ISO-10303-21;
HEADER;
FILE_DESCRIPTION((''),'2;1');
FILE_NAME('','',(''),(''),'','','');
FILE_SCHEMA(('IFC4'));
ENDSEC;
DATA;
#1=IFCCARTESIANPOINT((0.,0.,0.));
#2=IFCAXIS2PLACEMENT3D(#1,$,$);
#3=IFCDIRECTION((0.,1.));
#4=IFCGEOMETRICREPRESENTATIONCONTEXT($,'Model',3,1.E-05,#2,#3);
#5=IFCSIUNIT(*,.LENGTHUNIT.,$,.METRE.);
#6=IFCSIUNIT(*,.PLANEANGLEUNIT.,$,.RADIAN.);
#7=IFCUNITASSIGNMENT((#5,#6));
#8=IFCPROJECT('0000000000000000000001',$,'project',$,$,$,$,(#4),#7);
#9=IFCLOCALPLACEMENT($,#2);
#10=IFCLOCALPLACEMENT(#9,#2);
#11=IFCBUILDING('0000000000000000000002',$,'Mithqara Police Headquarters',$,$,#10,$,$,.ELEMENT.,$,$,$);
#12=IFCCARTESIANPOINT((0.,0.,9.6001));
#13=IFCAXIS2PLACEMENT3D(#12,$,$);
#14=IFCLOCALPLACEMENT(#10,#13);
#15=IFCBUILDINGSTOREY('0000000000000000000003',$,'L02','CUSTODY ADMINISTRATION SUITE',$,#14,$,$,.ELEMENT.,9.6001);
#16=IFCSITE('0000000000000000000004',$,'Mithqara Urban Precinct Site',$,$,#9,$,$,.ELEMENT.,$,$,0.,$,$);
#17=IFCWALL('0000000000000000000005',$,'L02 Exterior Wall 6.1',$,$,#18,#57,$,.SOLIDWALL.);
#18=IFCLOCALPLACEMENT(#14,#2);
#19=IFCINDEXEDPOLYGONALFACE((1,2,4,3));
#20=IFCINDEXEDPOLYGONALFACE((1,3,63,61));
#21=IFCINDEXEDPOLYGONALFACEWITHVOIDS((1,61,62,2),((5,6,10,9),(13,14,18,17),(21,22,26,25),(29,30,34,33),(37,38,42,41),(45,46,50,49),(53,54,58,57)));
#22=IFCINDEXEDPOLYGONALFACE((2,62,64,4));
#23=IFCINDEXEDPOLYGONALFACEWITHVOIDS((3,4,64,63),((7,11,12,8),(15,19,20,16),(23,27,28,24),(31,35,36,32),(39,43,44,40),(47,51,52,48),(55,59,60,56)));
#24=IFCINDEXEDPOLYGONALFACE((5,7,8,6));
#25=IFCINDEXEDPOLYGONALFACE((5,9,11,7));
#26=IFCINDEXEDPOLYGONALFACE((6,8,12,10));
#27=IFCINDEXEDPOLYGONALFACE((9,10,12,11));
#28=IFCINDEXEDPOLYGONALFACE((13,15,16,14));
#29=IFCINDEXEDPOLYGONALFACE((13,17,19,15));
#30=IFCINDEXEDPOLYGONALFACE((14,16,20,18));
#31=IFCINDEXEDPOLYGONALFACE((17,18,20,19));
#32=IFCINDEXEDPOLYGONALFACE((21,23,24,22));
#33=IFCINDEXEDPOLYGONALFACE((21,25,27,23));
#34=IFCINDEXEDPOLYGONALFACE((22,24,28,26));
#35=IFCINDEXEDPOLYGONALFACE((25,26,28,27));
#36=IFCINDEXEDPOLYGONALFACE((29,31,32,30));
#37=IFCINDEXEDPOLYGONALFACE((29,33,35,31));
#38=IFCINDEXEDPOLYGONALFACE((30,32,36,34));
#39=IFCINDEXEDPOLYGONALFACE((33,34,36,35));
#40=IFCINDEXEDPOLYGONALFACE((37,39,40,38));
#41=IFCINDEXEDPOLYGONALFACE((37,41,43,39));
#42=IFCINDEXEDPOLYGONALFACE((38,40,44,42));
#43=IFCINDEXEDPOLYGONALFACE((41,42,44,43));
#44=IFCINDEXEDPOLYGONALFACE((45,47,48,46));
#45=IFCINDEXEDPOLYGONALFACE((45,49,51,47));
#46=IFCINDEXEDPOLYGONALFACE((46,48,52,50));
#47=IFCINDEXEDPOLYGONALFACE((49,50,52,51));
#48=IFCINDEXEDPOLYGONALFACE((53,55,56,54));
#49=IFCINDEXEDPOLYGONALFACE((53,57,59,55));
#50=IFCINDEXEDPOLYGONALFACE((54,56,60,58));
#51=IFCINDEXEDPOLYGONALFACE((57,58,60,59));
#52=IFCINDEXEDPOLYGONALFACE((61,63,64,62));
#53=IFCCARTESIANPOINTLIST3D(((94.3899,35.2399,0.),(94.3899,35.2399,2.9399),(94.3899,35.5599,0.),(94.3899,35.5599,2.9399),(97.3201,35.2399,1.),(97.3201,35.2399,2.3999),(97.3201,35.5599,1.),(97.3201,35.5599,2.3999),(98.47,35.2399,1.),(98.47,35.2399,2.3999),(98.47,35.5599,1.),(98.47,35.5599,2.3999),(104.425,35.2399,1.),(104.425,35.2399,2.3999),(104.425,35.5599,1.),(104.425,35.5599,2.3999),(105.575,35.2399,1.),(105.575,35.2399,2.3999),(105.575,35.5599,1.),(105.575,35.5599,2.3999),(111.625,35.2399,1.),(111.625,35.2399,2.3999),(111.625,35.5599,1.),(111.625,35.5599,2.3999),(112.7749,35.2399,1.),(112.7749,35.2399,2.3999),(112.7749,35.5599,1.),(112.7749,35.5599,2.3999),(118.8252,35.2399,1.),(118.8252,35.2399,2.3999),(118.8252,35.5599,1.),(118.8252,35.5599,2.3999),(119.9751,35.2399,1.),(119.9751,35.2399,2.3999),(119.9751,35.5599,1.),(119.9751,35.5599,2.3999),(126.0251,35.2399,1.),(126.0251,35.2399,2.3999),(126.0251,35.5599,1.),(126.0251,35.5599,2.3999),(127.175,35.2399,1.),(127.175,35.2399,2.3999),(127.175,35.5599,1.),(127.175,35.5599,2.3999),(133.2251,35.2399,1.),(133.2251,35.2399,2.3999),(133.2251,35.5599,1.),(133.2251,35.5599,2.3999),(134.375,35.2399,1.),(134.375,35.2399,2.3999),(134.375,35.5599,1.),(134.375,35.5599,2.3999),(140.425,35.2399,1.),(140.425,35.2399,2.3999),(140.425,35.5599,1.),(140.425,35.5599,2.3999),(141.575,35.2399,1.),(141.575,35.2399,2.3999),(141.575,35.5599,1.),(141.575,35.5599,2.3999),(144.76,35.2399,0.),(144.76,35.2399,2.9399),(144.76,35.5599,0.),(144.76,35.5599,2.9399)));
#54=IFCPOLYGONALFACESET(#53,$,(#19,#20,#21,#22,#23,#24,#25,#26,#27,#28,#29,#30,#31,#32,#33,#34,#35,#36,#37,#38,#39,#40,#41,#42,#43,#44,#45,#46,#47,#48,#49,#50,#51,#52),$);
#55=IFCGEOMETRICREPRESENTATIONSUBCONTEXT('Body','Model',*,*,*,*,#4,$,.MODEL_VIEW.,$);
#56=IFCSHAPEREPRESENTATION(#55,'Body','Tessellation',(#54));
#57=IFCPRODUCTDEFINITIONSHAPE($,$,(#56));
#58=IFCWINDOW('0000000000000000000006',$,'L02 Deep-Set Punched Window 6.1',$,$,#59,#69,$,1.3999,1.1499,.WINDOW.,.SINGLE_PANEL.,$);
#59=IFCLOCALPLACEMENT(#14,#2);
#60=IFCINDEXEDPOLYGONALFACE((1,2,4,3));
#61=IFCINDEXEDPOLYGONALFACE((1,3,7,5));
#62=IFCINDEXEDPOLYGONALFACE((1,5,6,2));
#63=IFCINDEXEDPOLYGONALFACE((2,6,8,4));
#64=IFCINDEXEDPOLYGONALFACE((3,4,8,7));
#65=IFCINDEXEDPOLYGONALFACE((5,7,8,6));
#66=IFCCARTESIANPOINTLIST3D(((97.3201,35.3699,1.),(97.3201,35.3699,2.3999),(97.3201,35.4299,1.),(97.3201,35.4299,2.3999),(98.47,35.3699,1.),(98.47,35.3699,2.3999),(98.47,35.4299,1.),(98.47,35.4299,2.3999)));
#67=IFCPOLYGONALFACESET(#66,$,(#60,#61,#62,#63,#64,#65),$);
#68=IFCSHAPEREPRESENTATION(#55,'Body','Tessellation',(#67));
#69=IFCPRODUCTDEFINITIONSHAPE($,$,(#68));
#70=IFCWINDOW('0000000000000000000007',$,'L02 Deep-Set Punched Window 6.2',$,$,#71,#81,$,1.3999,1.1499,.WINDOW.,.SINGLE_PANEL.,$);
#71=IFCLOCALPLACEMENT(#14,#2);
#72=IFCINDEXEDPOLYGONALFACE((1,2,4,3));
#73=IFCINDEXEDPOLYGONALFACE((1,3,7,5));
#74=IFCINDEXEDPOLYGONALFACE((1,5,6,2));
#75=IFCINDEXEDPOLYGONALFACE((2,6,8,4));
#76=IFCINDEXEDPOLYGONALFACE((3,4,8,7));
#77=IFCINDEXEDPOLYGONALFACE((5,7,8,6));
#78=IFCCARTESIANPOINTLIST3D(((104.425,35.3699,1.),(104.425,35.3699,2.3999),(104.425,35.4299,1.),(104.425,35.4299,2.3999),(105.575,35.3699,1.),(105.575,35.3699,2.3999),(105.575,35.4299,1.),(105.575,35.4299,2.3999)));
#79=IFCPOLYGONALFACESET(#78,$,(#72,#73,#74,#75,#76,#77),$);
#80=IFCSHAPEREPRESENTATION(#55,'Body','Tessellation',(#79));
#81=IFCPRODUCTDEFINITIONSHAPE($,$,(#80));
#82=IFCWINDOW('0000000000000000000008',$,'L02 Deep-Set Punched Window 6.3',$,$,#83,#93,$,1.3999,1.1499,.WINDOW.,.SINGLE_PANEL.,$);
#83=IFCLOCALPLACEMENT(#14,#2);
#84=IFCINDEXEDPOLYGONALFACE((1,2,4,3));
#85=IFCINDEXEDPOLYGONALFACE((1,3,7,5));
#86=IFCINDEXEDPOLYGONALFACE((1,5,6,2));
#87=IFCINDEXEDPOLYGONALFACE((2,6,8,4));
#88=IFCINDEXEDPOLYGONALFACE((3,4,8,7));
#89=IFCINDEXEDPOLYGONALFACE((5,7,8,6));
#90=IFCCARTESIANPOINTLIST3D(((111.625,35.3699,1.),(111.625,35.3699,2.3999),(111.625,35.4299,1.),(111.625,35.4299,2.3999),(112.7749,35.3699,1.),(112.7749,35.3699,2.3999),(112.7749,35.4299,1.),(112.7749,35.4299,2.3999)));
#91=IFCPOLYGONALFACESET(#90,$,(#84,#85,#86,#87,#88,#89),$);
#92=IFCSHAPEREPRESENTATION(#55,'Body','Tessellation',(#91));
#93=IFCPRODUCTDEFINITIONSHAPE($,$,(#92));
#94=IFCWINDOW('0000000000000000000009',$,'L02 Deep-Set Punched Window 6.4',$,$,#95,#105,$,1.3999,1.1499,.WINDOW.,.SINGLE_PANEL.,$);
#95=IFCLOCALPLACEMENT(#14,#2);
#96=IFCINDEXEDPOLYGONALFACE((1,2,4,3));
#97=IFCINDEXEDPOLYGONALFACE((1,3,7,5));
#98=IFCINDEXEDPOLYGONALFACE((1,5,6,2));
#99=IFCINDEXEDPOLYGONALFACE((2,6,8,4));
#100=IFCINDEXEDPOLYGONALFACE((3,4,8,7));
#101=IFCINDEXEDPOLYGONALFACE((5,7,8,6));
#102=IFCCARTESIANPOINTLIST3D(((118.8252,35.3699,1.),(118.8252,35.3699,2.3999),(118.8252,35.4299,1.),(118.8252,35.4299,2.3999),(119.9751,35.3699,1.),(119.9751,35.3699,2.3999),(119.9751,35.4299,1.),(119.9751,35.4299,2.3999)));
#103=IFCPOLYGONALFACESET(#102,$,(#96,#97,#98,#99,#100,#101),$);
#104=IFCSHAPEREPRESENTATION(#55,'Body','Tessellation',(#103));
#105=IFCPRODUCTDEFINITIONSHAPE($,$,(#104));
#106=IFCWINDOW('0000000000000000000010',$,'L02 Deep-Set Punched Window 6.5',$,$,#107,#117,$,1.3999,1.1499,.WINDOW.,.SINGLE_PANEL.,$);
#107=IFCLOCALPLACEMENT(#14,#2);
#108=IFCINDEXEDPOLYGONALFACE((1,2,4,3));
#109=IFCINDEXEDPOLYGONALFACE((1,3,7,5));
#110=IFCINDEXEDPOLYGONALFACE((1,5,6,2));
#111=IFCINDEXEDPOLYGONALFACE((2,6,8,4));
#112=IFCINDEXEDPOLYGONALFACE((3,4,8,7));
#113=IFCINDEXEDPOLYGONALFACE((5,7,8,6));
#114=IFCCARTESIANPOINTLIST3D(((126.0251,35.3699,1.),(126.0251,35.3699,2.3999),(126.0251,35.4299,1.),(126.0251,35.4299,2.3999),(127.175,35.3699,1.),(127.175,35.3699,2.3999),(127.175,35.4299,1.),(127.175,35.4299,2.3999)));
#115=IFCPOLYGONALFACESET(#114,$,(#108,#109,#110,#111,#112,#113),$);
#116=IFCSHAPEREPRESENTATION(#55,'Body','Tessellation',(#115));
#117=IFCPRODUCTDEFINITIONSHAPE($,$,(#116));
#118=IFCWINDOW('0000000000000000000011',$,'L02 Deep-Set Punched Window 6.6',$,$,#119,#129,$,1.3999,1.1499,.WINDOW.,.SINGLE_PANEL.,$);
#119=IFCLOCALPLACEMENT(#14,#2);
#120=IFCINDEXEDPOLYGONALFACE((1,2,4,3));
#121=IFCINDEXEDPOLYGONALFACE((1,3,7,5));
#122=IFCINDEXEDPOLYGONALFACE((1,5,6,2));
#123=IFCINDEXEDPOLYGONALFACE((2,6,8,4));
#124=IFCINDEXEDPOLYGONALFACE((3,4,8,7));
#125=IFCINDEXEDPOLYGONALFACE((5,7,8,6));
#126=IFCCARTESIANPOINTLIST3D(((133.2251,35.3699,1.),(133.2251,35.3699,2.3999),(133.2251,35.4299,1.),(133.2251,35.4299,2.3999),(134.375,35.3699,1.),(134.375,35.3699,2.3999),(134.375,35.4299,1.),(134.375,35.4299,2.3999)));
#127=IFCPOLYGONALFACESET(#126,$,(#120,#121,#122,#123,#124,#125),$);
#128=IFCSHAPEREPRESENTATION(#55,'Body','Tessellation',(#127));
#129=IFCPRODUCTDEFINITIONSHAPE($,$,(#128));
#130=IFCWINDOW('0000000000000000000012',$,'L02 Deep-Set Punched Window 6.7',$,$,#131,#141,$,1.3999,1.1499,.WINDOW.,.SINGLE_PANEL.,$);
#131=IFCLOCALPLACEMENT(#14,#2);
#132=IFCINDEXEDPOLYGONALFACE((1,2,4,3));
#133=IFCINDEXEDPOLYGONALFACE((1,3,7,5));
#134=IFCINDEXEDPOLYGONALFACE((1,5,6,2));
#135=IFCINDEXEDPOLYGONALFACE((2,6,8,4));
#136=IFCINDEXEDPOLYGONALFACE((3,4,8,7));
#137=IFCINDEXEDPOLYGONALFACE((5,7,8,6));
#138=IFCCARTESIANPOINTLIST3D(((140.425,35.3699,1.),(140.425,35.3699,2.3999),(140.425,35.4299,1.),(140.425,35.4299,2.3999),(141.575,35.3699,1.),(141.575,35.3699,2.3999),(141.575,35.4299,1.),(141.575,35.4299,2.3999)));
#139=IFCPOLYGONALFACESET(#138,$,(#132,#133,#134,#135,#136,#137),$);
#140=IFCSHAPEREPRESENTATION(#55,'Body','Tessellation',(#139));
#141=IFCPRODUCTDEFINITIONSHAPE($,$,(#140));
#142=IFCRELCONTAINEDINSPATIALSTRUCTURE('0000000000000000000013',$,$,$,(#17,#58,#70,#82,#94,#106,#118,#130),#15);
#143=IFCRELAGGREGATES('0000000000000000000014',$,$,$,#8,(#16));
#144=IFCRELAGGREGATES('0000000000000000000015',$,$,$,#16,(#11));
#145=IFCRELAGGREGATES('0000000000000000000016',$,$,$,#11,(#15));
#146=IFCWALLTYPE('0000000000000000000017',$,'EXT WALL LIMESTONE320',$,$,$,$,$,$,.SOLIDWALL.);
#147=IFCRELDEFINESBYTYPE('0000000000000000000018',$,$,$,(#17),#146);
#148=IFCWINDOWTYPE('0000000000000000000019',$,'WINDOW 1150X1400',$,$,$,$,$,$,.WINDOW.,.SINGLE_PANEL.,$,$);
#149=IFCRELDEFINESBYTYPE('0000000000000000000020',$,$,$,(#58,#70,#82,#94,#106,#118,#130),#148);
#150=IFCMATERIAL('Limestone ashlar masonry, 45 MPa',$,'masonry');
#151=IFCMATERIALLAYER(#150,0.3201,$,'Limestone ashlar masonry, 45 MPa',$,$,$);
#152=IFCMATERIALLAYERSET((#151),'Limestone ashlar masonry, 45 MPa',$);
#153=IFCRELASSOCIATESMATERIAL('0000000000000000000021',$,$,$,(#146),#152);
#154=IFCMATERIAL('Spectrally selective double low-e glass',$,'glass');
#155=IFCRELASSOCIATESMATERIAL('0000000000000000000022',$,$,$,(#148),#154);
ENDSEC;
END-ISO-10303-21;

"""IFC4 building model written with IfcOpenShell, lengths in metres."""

from ifc_helpers import new_model, si_unit, direction, frame, frame_2d, origin, place, context, subcontext, project, spatial, rectangle, extrude, material, layer, layer_set, type_object, element, fill, save


model = new_model("IFC4")

# Units and contexts
model_context = context("Model", 3, precision=1e-05, world=origin(), true_north=direction((0.0, 1.0)))
body_context = subcontext(model_context, "Body", "Model", "MODEL_VIEW")
ifc_project = project(units=[si_unit("LENGTHUNIT", "METRE"), si_unit("PLANEANGLEUNIT", "RADIAN")], contexts=[model_context])

# Site, building, storey
site_placement = place(None, origin())
site = spatial("IfcSite", under=ifc_project, at=site_placement, Name="Mithqara Urban Precinct Site", CompositionType="ELEMENT", RefElevation=0.0)
building_placement = place(site_placement, origin())
building = spatial("IfcBuilding", under=site, at=building_placement, Name="Mithqara Police Headquarters", CompositionType="ELEMENT")
storey_placement = place(building_placement, frame((0.0, 0.0, 9.6001)))
storey = spatial("IfcBuildingStorey", under=building, at=storey_placement, Name="L02", Description="CUSTODY ADMINISTRATION SUITE", CompositionType="ELEMENT", Elevation=9.6001)

# Wall, openings, windows
ifc_material_1 = material(Name="Limestone ashlar masonry, 45 MPa", Category="masonry")
ifc_layer_1 = layer(ifc_material_1, 0.3201, Name="Limestone ashlar masonry, 45 MPa")
ifc_layer_set_1 = layer_set([ifc_layer_1], Name="Limestone ashlar masonry, 45 MPa")
wall_type_1 = type_object("IfcWallType", Name="EXT WALL LIMESTONE320", PredefinedType="SOLIDWALL", material=ifc_layer_set_1)
wall_1_placement = place(storey_placement, frame((144.76, 35.3999, 0.0), z_axis=(0.0, 0.0, 1.0), x_axis=(-1.0, 0.0, 0.0)))
wall_1 = element("IfcWall", 1, at=wall_1_placement, inside=storey, type_object=wall_type_1, Name="L02 Exterior Wall 6.1", PredefinedType="SOLIDWALL", context=body_context, shape_type="SweptSolid", body=[
    extrude(rectangle(XDim=50.3701, YDim=0.3201, at=frame_2d((25.1851, 0.0))), origin(), (0.0, 0.0, 1.0), 2.9399),
])
opening_1_placement = place(wall_1_placement, frame((46.29, 0.0, 1.0)))
opening_1 = element("IfcOpeningElement", 2, at=opening_1_placement, cuts=wall_1, PredefinedType="OPENING", context=body_context, shape_type="SweptSolid", body=[
    extrude(rectangle(XDim=1.1499, YDim=1.3999, at=frame_2d((0.575, 0.7))), frame((0.0, 0.1699, 0.0), z_axis=(0.0, -1.0, 0.0), x_axis=(1.0, 0.0, 0.0)), (0.0, 0.0, 1.0), 0.3401),
])
opening_2_placement = place(wall_1_placement, frame((39.1851, 0.0, 1.0)))
opening_2 = element("IfcOpeningElement", 3, at=opening_2_placement, cuts=wall_1, PredefinedType="OPENING", context=body_context, shape_type="SweptSolid", body=[
    extrude(rectangle(XDim=1.1499, YDim=1.3999, at=frame_2d((0.575, 0.7))), frame((0.0, 0.1699, 0.0), z_axis=(0.0, -1.0, 0.0), x_axis=(1.0, 0.0, 0.0)), (0.0, 0.0, 1.0), 0.3401),
])
opening_3_placement = place(wall_1_placement, frame((31.9851, 0.0, 1.0)))
opening_3 = element("IfcOpeningElement", 4, at=opening_3_placement, cuts=wall_1, PredefinedType="OPENING", context=body_context, shape_type="SweptSolid", body=[
    extrude(rectangle(XDim=1.1499, YDim=1.3999, at=frame_2d((0.575, 0.7))), frame((0.0, 0.1699, 0.0), z_axis=(0.0, -1.0, 0.0), x_axis=(1.0, 0.0, 0.0)), (0.0, 0.0, 1.0), 0.3401),
])
opening_4_placement = place(wall_1_placement, frame((24.7849, 0.0, 1.0)))
opening_4 = element("IfcOpeningElement", 5, at=opening_4_placement, cuts=wall_1, PredefinedType="OPENING", context=body_context, shape_type="SweptSolid", body=[
    extrude(rectangle(XDim=1.1499, YDim=1.3999, at=frame_2d((0.575, 0.7))), frame((0.0, 0.1699, 0.0), z_axis=(0.0, -1.0, 0.0), x_axis=(1.0, 0.0, 0.0)), (0.0, 0.0, 1.0), 0.3401),
])
opening_5_placement = place(wall_1_placement, frame((17.585, 0.0, 1.0)))
opening_5 = element("IfcOpeningElement", 6, at=opening_5_placement, cuts=wall_1, PredefinedType="OPENING", context=body_context, shape_type="SweptSolid", body=[
    extrude(rectangle(XDim=1.1499, YDim=1.3999, at=frame_2d((0.575, 0.7))), frame((0.0, 0.1699, 0.0), z_axis=(0.0, -1.0, 0.0), x_axis=(1.0, 0.0, 0.0)), (0.0, 0.0, 1.0), 0.3401),
])
opening_6_placement = place(wall_1_placement, frame((10.385, 0.0, 1.0)))
opening_6 = element("IfcOpeningElement", 7, at=opening_6_placement, cuts=wall_1, PredefinedType="OPENING", context=body_context, shape_type="SweptSolid", body=[
    extrude(rectangle(XDim=1.1499, YDim=1.3999, at=frame_2d((0.575, 0.7))), frame((0.0, 0.1699, 0.0), z_axis=(0.0, -1.0, 0.0), x_axis=(1.0, 0.0, 0.0)), (0.0, 0.0, 1.0), 0.3401),
])
opening_7_placement = place(wall_1_placement, frame((3.1851, 0.0, 1.0)))
opening_7 = element("IfcOpeningElement", 8, at=opening_7_placement, cuts=wall_1, PredefinedType="OPENING", context=body_context, shape_type="SweptSolid", body=[
    extrude(rectangle(XDim=1.1499, YDim=1.3999, at=frame_2d((0.575, 0.7))), frame((0.0, 0.1699, 0.0), z_axis=(0.0, -1.0, 0.0), x_axis=(1.0, 0.0, 0.0)), (0.0, 0.0, 1.0), 0.3401),
])
ifc_material_2 = material(Name="Spectrally selective double low-e glass", Category="glass")
window_type = type_object("IfcWindowType", Name="WINDOW 1150X1400", PartitioningType="SINGLE_PANEL", PredefinedType="WINDOW", material=ifc_material_2)
window_1_placement = place(opening_1_placement, origin())
window_1 = element("IfcWindow", 9, at=window_1_placement, inside=storey, type_object=window_type, Name="L02 Deep-Set Punched Window 6.1", OverallHeight=1.3999, OverallWidth=1.1499, PartitioningType="SINGLE_PANEL", PredefinedType="WINDOW", context=body_context, shape_type="SweptSolid", body=[
    extrude(rectangle(XDim=1.1499, YDim=1.3999, at=frame_2d((0.575, 0.7))), frame((0.0, 0.03, 0.0), z_axis=(0.0, -1.0, 0.0), x_axis=(1.0, 0.0, 0.0)), (0.0, 0.0, 1.0), 0.0601),
])
fill(opening_1, window_1)
window_2_placement = place(opening_2_placement, origin())
window_2 = element("IfcWindow", 10, at=window_2_placement, inside=storey, type_object=window_type, Name="L02 Deep-Set Punched Window 6.2", OverallHeight=1.3999, OverallWidth=1.1499, PartitioningType="SINGLE_PANEL", PredefinedType="WINDOW", context=body_context, shape_type="SweptSolid", body=[
    extrude(rectangle(XDim=1.1499, YDim=1.3999, at=frame_2d((0.575, 0.7))), frame((0.0, 0.03, 0.0), z_axis=(0.0, -1.0, 0.0), x_axis=(1.0, 0.0, 0.0)), (0.0, 0.0, 1.0), 0.0601),
])
fill(opening_2, window_2)
window_3_placement = place(opening_3_placement, origin())
window_3 = element("IfcWindow", 11, at=window_3_placement, inside=storey, type_object=window_type, Name="L02 Deep-Set Punched Window 6.3", OverallHeight=1.3999, OverallWidth=1.1499, PartitioningType="SINGLE_PANEL", PredefinedType="WINDOW", context=body_context, shape_type="SweptSolid", body=[
    extrude(rectangle(XDim=1.1499, YDim=1.3999, at=frame_2d((0.575, 0.7))), frame((0.0, 0.03, 0.0), z_axis=(0.0, -1.0, 0.0), x_axis=(1.0, 0.0, 0.0)), (0.0, 0.0, 1.0), 0.0601),
])
fill(opening_3, window_3)
window_4_placement = place(opening_4_placement, origin())
window_4 = element("IfcWindow", 12, at=window_4_placement, inside=storey, type_object=window_type, Name="L02 Deep-Set Punched Window 6.4", OverallHeight=1.3999, OverallWidth=1.1499, PartitioningType="SINGLE_PANEL", PredefinedType="WINDOW", context=body_context, shape_type="SweptSolid", body=[
    extrude(rectangle(XDim=1.1499, YDim=1.3999, at=frame_2d((0.575, 0.7))), frame((0.0, 0.03, 0.0), z_axis=(0.0, -1.0, 0.0), x_axis=(1.0, 0.0, 0.0)), (0.0, 0.0, 1.0), 0.0601),
])
fill(opening_4, window_4)
window_5_placement = place(opening_5_placement, origin())
window_5 = element("IfcWindow", 13, at=window_5_placement, inside=storey, type_object=window_type, Name="L02 Deep-Set Punched Window 6.5", OverallHeight=1.3999, OverallWidth=1.1499, PartitioningType="SINGLE_PANEL", PredefinedType="WINDOW", context=body_context, shape_type="SweptSolid", body=[
    extrude(rectangle(XDim=1.1499, YDim=1.3999, at=frame_2d((0.575, 0.7))), frame((0.0, 0.03, 0.0), z_axis=(0.0, -1.0, 0.0), x_axis=(1.0, 0.0, 0.0)), (0.0, 0.0, 1.0), 0.0601),
])
fill(opening_5, window_5)
window_6_placement = place(opening_6_placement, origin())
window_6 = element("IfcWindow", 14, at=window_6_placement, inside=storey, type_object=window_type, Name="L02 Deep-Set Punched Window 6.6", OverallHeight=1.3999, OverallWidth=1.1499, PartitioningType="SINGLE_PANEL", PredefinedType="WINDOW", context=body_context, shape_type="SweptSolid", body=[
    extrude(rectangle(XDim=1.1499, YDim=1.3999, at=frame_2d((0.575, 0.7))), frame((0.0, 0.03, 0.0), z_axis=(0.0, -1.0, 0.0), x_axis=(1.0, 0.0, 0.0)), (0.0, 0.0, 1.0), 0.0601),
])
fill(opening_6, window_6)
window_7_placement = place(opening_7_placement, origin())
window_7 = element("IfcWindow", 15, at=window_7_placement, inside=storey, type_object=window_type, Name="L02 Deep-Set Punched Window 6.7", OverallHeight=1.3999, OverallWidth=1.1499, PartitioningType="SINGLE_PANEL", PredefinedType="WINDOW", context=body_context, shape_type="SweptSolid", body=[
    extrude(rectangle(XDim=1.1499, YDim=1.3999, at=frame_2d((0.575, 0.7))), frame((0.0, 0.03, 0.0), z_axis=(0.0, -1.0, 0.0), x_axis=(1.0, 0.0, 0.0)), (0.0, 0.0, 1.0), 0.0601),
])
fill(opening_7, window_7)

save(model, "model.ifc")
